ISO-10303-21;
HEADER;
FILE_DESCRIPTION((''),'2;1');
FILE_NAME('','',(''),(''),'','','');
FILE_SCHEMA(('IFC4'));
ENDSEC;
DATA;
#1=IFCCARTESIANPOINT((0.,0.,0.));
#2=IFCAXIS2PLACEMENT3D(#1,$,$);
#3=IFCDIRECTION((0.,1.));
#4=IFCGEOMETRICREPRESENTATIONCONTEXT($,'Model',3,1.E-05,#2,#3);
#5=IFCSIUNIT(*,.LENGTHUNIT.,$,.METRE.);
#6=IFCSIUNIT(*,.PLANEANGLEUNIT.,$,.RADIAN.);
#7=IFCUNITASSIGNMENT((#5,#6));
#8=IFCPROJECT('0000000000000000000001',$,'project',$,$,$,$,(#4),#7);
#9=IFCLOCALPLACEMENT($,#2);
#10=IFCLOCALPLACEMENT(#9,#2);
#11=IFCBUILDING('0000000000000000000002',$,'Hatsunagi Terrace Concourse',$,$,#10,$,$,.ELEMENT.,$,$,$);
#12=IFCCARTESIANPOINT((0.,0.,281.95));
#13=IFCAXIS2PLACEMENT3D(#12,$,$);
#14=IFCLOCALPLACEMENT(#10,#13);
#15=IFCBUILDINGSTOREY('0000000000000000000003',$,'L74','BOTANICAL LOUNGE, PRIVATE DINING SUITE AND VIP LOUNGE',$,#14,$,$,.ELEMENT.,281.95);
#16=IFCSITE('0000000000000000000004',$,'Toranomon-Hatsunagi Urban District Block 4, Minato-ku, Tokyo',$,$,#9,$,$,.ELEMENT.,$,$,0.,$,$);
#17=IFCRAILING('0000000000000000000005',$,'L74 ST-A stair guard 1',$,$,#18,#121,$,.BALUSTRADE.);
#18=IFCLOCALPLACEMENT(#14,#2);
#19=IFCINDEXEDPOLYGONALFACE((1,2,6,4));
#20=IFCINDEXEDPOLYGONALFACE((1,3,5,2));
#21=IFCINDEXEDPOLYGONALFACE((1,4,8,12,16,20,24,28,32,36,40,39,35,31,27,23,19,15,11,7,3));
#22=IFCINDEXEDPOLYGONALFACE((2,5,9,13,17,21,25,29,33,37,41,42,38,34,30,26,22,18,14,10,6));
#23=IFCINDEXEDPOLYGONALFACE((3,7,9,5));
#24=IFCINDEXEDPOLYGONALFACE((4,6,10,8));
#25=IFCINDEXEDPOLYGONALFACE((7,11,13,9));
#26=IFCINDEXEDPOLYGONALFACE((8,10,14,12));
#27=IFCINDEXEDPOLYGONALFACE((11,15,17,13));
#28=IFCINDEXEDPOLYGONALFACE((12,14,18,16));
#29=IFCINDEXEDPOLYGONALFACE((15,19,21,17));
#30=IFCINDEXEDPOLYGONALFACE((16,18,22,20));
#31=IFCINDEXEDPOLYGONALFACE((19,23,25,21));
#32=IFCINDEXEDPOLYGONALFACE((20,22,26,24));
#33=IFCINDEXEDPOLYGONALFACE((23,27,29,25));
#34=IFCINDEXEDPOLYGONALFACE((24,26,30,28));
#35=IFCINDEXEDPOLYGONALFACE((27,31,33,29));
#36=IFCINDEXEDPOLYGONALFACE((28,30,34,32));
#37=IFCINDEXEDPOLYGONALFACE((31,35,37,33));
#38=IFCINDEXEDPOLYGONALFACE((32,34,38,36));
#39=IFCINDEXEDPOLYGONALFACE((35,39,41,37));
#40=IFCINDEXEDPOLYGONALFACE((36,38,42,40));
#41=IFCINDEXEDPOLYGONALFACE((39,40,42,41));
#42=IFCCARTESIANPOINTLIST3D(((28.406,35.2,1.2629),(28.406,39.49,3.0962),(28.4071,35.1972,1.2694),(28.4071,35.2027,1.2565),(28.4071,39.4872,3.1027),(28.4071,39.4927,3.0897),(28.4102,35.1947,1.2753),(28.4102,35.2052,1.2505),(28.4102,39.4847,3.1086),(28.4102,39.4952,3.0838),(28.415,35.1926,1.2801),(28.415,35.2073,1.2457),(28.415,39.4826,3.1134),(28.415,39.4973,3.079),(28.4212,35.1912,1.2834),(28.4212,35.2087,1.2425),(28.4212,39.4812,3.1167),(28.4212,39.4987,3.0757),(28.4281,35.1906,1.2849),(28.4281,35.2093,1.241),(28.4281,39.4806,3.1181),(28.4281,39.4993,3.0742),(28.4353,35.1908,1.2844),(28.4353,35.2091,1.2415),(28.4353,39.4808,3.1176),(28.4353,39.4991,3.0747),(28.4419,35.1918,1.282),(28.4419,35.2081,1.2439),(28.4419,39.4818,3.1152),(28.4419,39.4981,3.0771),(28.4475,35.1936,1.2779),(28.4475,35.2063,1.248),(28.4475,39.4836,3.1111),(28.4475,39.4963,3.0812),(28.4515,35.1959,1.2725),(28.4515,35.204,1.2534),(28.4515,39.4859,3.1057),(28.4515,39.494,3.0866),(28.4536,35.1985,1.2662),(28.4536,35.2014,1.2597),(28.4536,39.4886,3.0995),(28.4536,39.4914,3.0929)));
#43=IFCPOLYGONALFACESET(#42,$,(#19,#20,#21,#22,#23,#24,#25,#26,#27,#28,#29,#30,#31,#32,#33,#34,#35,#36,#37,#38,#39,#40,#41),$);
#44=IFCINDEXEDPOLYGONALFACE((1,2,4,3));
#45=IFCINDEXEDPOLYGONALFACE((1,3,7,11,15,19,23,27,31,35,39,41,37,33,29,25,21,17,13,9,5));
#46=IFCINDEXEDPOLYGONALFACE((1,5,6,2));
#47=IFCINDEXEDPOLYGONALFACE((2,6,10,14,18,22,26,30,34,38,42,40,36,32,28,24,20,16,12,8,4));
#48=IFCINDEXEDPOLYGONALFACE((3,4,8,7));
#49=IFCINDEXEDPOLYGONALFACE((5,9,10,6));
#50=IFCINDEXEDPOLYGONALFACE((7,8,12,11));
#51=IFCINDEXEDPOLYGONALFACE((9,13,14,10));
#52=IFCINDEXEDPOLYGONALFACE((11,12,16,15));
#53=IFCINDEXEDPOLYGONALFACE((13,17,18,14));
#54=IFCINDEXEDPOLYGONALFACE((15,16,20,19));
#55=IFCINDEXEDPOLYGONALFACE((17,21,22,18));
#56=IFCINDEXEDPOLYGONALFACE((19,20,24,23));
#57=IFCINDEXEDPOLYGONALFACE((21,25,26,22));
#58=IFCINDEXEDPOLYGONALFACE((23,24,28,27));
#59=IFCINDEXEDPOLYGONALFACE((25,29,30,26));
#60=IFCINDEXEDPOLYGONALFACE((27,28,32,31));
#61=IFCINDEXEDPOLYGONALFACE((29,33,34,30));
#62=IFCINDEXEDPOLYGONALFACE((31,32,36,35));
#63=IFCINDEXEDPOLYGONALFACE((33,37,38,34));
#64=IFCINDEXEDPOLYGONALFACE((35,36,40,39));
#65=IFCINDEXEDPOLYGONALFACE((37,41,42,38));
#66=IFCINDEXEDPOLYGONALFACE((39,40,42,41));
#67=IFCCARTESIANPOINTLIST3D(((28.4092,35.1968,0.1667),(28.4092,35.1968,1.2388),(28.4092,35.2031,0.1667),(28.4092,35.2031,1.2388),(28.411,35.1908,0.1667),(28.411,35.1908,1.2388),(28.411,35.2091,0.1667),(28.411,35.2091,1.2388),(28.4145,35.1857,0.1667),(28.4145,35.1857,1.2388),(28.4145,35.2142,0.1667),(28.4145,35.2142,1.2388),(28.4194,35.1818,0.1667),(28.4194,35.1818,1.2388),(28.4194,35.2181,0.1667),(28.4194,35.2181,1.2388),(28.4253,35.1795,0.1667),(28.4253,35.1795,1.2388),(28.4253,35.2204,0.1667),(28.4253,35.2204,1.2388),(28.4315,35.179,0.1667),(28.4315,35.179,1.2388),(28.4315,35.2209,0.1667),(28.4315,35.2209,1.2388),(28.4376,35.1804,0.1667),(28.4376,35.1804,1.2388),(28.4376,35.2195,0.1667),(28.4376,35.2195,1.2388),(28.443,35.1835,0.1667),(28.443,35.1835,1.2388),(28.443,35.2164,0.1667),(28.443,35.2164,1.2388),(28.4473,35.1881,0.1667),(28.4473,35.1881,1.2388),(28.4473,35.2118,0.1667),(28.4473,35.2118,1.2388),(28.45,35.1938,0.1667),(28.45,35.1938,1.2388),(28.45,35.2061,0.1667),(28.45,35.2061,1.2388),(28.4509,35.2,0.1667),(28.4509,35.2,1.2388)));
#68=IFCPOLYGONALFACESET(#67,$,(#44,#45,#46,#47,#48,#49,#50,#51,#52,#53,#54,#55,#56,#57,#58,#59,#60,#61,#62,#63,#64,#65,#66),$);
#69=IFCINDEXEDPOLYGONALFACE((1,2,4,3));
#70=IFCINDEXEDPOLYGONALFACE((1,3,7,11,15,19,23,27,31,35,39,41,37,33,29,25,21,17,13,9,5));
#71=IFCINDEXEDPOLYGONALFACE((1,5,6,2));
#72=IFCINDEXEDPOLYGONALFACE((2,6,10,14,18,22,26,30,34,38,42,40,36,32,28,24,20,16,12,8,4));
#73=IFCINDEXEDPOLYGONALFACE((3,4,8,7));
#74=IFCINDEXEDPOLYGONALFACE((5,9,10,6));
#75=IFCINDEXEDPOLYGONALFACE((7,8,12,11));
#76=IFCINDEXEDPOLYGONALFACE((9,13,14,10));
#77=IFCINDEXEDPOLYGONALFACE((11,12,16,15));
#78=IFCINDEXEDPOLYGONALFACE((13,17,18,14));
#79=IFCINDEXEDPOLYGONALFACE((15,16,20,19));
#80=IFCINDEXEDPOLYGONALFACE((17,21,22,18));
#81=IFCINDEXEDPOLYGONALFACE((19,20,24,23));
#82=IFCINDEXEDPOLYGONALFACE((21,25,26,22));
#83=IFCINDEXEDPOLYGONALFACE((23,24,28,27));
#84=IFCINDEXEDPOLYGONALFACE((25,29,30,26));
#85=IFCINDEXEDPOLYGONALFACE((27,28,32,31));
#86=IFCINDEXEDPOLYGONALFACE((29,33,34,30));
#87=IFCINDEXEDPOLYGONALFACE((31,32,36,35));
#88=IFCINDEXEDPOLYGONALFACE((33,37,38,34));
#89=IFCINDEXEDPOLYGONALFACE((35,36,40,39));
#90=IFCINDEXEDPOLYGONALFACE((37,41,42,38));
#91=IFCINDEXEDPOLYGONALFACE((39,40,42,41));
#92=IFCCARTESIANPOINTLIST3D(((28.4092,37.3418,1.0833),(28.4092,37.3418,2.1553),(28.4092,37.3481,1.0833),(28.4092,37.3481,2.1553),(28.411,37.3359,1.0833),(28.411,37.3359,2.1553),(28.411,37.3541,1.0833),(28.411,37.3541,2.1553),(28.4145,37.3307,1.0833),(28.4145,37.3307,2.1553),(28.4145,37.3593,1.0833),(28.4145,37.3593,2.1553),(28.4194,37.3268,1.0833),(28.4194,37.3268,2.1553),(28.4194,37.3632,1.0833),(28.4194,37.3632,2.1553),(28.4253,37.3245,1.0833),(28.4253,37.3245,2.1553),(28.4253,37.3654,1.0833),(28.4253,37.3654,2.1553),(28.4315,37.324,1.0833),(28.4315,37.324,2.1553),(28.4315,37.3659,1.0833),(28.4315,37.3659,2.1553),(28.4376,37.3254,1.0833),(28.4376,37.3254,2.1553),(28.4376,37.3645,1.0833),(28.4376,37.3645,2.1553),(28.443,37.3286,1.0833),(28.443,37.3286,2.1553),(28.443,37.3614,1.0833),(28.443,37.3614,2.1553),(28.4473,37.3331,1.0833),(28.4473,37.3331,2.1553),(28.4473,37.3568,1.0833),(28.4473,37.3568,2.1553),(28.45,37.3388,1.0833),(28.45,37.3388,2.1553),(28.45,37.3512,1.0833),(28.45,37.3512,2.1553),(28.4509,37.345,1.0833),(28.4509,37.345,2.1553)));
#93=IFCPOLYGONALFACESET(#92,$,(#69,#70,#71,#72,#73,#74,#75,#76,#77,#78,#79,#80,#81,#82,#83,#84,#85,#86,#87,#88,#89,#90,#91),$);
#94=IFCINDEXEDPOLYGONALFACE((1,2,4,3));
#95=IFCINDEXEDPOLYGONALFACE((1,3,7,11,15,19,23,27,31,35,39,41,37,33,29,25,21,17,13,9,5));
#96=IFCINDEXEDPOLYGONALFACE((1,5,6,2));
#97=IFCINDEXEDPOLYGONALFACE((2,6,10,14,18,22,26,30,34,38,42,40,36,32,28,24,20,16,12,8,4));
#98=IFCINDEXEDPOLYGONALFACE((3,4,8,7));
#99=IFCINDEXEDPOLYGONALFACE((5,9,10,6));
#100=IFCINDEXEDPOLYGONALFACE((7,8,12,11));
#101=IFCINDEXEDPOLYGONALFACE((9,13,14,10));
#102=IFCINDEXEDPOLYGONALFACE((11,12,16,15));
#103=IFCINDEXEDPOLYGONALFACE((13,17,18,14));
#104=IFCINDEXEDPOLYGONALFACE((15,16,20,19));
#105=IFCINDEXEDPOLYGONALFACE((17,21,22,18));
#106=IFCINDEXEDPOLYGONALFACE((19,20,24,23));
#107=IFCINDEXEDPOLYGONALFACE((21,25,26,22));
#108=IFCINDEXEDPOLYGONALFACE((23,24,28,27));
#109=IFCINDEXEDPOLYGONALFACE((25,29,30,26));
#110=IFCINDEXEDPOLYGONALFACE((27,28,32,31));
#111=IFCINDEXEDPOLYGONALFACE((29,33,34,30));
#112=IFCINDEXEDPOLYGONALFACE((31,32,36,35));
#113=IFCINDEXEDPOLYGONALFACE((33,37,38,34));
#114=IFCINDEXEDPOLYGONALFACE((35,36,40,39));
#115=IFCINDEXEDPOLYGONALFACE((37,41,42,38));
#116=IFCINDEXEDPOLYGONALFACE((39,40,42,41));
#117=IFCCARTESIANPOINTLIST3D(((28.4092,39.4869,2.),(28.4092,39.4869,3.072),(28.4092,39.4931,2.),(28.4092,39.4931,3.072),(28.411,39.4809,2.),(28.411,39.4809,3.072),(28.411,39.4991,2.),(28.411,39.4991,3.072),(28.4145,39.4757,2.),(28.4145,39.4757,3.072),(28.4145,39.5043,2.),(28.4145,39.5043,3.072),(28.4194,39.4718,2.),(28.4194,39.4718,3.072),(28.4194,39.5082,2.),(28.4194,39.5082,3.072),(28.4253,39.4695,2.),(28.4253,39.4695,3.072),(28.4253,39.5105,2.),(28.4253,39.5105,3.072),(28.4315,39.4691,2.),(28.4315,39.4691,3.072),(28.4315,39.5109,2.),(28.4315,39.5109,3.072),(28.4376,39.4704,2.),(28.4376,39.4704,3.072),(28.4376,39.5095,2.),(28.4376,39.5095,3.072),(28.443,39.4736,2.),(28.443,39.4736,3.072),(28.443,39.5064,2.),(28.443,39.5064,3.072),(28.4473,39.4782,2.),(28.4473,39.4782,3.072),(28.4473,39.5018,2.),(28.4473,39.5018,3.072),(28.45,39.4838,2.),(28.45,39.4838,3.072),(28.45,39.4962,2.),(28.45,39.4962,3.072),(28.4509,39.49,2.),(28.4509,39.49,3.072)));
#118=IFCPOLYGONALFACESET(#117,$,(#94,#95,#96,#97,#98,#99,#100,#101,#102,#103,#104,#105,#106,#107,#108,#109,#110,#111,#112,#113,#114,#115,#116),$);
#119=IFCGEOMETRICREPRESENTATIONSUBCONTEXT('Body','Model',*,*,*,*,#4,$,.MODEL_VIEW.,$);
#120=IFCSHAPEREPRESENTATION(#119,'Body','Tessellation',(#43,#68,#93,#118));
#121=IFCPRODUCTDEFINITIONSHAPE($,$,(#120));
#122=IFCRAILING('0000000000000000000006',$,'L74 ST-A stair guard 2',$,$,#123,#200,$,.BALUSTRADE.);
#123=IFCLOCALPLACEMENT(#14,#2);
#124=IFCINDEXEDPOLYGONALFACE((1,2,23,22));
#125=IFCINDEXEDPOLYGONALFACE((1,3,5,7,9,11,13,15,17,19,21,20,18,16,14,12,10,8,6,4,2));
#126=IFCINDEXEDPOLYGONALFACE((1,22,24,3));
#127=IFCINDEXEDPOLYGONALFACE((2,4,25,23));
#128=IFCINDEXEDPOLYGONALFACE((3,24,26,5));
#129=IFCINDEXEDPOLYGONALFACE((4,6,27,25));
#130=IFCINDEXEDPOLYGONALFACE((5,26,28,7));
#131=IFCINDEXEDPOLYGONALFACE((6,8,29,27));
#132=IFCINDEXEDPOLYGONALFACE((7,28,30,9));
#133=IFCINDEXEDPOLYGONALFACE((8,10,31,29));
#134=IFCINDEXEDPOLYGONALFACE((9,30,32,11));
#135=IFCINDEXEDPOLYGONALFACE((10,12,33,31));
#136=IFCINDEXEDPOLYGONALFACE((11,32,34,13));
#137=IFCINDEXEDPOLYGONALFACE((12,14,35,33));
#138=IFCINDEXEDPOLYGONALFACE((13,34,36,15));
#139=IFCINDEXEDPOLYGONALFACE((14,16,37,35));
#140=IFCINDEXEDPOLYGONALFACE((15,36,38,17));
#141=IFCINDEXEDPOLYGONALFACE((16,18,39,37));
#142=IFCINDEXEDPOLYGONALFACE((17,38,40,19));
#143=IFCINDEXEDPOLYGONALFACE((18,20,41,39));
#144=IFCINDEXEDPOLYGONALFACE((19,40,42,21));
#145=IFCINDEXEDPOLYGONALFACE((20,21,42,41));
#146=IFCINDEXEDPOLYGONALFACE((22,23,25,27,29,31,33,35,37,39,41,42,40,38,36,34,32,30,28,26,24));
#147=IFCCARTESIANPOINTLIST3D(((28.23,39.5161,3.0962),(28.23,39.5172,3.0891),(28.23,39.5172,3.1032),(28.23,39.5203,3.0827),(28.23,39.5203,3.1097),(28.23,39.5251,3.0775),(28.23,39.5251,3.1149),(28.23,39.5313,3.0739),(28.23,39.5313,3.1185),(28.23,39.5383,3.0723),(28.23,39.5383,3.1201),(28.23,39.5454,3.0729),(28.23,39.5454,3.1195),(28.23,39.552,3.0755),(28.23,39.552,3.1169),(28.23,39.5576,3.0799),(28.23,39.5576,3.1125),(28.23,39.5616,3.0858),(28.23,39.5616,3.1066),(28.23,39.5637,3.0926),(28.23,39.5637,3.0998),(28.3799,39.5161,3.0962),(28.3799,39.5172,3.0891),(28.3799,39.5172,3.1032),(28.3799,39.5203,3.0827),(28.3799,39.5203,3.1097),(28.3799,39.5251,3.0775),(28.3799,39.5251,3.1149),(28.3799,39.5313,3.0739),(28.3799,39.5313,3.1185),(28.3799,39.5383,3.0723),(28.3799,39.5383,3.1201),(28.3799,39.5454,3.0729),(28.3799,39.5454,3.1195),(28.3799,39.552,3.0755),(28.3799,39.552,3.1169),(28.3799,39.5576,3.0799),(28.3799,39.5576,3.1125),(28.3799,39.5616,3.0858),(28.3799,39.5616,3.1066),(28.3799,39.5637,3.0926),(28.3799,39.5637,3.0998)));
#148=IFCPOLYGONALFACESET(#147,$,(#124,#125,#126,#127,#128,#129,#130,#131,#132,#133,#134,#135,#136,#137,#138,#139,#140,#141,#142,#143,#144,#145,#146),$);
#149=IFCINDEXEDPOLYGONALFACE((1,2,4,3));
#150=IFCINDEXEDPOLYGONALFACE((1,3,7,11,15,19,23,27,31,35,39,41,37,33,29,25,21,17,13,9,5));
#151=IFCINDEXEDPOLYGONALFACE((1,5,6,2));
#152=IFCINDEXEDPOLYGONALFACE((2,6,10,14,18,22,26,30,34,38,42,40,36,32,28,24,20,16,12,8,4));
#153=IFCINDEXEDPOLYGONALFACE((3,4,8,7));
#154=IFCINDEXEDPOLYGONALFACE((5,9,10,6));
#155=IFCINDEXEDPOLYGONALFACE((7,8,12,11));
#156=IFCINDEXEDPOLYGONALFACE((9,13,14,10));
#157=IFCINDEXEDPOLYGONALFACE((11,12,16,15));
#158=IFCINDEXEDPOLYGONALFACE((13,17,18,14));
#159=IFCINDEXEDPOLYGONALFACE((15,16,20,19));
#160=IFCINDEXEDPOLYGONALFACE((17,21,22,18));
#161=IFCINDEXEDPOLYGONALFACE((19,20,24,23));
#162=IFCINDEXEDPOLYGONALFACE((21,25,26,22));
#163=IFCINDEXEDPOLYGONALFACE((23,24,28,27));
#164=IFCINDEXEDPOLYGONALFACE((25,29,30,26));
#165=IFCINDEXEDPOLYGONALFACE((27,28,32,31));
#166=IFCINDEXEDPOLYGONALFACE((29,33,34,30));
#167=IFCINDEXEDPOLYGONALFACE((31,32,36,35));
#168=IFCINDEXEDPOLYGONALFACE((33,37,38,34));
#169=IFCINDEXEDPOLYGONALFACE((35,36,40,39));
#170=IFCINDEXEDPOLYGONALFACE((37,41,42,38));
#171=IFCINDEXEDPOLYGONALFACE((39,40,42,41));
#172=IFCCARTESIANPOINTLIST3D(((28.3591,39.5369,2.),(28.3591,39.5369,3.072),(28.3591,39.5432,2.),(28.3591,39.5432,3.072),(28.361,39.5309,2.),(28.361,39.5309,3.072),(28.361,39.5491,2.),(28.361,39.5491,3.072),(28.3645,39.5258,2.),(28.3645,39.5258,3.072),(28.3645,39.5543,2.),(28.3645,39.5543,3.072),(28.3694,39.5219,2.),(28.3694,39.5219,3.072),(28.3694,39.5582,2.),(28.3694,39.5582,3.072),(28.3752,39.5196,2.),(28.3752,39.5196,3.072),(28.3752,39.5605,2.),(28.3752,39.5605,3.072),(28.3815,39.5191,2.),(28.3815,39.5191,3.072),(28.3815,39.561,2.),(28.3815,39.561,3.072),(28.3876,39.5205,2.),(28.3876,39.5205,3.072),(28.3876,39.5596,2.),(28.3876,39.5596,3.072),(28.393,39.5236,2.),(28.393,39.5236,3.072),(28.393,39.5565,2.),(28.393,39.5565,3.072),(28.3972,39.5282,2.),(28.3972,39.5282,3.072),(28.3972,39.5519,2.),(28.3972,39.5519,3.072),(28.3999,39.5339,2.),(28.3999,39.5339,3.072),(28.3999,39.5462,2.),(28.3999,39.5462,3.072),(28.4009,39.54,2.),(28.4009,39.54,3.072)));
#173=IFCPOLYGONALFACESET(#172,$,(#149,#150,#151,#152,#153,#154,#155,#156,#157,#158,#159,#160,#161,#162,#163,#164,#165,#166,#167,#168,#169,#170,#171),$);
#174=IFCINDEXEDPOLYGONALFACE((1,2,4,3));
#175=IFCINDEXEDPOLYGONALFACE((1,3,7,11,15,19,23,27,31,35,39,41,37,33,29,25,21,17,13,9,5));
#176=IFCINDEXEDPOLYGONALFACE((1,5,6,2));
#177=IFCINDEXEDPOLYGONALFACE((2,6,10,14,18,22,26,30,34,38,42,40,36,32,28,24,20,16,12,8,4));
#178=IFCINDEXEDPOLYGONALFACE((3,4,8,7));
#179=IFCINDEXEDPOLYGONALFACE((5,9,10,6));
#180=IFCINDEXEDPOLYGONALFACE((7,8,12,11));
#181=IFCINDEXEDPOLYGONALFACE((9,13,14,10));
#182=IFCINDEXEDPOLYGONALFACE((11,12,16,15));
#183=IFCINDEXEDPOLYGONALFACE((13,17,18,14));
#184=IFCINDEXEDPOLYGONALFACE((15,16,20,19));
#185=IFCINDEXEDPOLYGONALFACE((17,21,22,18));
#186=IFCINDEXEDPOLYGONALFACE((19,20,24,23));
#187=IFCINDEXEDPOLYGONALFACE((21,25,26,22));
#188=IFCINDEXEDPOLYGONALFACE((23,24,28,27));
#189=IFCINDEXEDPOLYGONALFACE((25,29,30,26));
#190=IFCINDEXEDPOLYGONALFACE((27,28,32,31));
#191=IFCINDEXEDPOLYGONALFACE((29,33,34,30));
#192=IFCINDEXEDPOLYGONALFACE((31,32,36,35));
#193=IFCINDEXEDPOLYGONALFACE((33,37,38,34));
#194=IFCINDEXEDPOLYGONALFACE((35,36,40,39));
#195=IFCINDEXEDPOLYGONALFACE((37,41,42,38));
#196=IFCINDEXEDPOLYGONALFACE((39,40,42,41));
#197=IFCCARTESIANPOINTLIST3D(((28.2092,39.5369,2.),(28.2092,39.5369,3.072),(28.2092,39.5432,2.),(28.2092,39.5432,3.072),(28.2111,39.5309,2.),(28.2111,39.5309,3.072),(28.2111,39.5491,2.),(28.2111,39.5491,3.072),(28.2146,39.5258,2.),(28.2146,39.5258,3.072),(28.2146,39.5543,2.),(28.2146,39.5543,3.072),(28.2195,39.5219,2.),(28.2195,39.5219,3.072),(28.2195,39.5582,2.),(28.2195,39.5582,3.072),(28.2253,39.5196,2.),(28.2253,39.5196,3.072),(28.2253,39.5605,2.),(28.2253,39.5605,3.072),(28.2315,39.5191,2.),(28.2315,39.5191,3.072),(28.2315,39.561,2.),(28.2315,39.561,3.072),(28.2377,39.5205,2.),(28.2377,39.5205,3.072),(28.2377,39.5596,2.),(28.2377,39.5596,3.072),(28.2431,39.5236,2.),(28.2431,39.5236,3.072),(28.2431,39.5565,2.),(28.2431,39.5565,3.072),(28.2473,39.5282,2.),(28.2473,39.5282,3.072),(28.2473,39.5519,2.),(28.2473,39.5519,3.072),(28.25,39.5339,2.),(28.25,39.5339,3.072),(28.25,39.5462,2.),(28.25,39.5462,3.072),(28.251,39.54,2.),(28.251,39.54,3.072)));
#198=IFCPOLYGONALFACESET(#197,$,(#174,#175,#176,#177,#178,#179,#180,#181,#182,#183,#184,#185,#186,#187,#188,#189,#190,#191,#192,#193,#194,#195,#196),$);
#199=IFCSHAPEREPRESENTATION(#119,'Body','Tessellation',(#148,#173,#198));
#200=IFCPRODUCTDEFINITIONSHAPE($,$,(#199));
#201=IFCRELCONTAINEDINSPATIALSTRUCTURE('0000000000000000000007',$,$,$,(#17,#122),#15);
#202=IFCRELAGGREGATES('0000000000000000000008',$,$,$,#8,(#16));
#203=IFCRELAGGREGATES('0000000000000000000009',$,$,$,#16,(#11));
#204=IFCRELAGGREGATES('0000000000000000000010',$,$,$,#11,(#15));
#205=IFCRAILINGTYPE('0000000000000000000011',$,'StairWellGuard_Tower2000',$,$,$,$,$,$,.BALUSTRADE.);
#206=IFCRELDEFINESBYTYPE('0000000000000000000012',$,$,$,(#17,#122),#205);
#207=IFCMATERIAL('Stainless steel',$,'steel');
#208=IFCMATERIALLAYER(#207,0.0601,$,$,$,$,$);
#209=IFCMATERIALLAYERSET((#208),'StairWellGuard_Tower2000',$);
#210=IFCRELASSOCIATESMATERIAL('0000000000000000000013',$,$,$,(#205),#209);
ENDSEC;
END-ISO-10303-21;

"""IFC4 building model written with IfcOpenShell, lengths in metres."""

from ifc_helpers import new_model, si_unit, direction, frame, origin, origin_2d, place, context, subcontext, project, spatial, circle, extrude, material, layer, layer_set, type_object, element, save


model = new_model("IFC4")

# Units and contexts
model_context = context("Model", 3, precision=1e-05, world=origin(), true_north=direction((0.0, 1.0)))
body_context = subcontext(model_context, "Body", "Model", "MODEL_VIEW")
ifc_project = project(units=[si_unit("LENGTHUNIT", "METRE"), si_unit("PLANEANGLEUNIT", "RADIAN")], contexts=[model_context])

# Site, building, storey
site_placement = place(None, origin())
site = spatial("IfcSite", under=ifc_project, at=site_placement, Name="Toranomon-Hatsunagi Urban District Block 4, Minato-ku, Tokyo", CompositionType="ELEMENT", RefElevation=0.0)
building_placement = place(site_placement, origin())
building = spatial("IfcBuilding", under=site, at=building_placement, Name="Hatsunagi Terrace Concourse", CompositionType="ELEMENT")
storey_placement = place(building_placement, frame((0.0, 0.0, 281.95)))
storey = spatial("IfcBuildingStorey", under=building, at=storey_placement, Name="L74", Description="BOTANICAL LOUNGE, PRIVATE DINING SUITE AND VIP LOUNGE", CompositionType="ELEMENT", Elevation=281.95)

# Railings
ifc_material_1 = material(Name="Stainless steel", Category="steel")
ifc_layer_1 = layer(ifc_material_1, 0.0601)
ifc_layer_set_1 = layer_set([ifc_layer_1], Name="StairWellGuard_Tower2000")
railing_type_1 = type_object("IfcRailingType", Name="StairWellGuard_Tower2000", PredefinedType="BALUSTRADE", material=ifc_layer_set_1)
railing_1_placement = place(storey_placement, frame((28.4299, 35.2, 0.1667)))
element("IfcRailing", 1, at=railing_1_placement, inside=storey, type_object=railing_type_1, Name="L74 ST-A stair guard 1", PredefinedType="BALUSTRADE", context=body_context, shape_type="SweptSolid", body=[
    extrude(circle(Radius=0.0239, at=origin_2d()), frame((0.0, 0.0, 1.0962), z_axis=(0.0, 0.919559, 0.392953), x_axis=(-1.0, 0.0, 0.0)), (0.0, 0.0, 1.0), 4.6653),
    extrude(circle(Radius=0.021, at=origin_2d()), origin(), (0.0, 0.0, 1.0), 1.072),
    extrude(circle(Radius=0.021, at=origin_2d()), frame((0.0, 2.145, 0.9165)), (0.0, 0.0, 1.0), 1.072),
    extrude(circle(Radius=0.021, at=origin_2d()), frame((0.0, 4.29, 1.8333)), (0.0, 0.0, 1.0), 1.072),
])
railing_2_placement = place(storey_placement, frame((28.3799, 39.54, 2.0)))
element("IfcRailing", 2, at=railing_2_placement, inside=storey, type_object=railing_type_1, Name="L74 ST-A stair guard 2", PredefinedType="BALUSTRADE", context=body_context, shape_type="SweptSolid", body=[
    extrude(circle(Radius=0.0239, at=origin_2d()), frame((0.0, 0.0, 1.0962), z_axis=(-1.0, 0.0, 0.0), x_axis=(0.0, -1.0, 0.0)), (0.0, 0.0, 1.0), 0.1499),
    extrude(circle(Radius=0.021, at=origin_2d()), origin(), (0.0, 0.0, 1.0), 1.072),
    extrude(circle(Radius=0.021, at=origin_2d()), frame((-0.1499, 0.0, 0.0)), (0.0, 0.0, 1.0), 1.072),
])

save(model, "model.ifc")
